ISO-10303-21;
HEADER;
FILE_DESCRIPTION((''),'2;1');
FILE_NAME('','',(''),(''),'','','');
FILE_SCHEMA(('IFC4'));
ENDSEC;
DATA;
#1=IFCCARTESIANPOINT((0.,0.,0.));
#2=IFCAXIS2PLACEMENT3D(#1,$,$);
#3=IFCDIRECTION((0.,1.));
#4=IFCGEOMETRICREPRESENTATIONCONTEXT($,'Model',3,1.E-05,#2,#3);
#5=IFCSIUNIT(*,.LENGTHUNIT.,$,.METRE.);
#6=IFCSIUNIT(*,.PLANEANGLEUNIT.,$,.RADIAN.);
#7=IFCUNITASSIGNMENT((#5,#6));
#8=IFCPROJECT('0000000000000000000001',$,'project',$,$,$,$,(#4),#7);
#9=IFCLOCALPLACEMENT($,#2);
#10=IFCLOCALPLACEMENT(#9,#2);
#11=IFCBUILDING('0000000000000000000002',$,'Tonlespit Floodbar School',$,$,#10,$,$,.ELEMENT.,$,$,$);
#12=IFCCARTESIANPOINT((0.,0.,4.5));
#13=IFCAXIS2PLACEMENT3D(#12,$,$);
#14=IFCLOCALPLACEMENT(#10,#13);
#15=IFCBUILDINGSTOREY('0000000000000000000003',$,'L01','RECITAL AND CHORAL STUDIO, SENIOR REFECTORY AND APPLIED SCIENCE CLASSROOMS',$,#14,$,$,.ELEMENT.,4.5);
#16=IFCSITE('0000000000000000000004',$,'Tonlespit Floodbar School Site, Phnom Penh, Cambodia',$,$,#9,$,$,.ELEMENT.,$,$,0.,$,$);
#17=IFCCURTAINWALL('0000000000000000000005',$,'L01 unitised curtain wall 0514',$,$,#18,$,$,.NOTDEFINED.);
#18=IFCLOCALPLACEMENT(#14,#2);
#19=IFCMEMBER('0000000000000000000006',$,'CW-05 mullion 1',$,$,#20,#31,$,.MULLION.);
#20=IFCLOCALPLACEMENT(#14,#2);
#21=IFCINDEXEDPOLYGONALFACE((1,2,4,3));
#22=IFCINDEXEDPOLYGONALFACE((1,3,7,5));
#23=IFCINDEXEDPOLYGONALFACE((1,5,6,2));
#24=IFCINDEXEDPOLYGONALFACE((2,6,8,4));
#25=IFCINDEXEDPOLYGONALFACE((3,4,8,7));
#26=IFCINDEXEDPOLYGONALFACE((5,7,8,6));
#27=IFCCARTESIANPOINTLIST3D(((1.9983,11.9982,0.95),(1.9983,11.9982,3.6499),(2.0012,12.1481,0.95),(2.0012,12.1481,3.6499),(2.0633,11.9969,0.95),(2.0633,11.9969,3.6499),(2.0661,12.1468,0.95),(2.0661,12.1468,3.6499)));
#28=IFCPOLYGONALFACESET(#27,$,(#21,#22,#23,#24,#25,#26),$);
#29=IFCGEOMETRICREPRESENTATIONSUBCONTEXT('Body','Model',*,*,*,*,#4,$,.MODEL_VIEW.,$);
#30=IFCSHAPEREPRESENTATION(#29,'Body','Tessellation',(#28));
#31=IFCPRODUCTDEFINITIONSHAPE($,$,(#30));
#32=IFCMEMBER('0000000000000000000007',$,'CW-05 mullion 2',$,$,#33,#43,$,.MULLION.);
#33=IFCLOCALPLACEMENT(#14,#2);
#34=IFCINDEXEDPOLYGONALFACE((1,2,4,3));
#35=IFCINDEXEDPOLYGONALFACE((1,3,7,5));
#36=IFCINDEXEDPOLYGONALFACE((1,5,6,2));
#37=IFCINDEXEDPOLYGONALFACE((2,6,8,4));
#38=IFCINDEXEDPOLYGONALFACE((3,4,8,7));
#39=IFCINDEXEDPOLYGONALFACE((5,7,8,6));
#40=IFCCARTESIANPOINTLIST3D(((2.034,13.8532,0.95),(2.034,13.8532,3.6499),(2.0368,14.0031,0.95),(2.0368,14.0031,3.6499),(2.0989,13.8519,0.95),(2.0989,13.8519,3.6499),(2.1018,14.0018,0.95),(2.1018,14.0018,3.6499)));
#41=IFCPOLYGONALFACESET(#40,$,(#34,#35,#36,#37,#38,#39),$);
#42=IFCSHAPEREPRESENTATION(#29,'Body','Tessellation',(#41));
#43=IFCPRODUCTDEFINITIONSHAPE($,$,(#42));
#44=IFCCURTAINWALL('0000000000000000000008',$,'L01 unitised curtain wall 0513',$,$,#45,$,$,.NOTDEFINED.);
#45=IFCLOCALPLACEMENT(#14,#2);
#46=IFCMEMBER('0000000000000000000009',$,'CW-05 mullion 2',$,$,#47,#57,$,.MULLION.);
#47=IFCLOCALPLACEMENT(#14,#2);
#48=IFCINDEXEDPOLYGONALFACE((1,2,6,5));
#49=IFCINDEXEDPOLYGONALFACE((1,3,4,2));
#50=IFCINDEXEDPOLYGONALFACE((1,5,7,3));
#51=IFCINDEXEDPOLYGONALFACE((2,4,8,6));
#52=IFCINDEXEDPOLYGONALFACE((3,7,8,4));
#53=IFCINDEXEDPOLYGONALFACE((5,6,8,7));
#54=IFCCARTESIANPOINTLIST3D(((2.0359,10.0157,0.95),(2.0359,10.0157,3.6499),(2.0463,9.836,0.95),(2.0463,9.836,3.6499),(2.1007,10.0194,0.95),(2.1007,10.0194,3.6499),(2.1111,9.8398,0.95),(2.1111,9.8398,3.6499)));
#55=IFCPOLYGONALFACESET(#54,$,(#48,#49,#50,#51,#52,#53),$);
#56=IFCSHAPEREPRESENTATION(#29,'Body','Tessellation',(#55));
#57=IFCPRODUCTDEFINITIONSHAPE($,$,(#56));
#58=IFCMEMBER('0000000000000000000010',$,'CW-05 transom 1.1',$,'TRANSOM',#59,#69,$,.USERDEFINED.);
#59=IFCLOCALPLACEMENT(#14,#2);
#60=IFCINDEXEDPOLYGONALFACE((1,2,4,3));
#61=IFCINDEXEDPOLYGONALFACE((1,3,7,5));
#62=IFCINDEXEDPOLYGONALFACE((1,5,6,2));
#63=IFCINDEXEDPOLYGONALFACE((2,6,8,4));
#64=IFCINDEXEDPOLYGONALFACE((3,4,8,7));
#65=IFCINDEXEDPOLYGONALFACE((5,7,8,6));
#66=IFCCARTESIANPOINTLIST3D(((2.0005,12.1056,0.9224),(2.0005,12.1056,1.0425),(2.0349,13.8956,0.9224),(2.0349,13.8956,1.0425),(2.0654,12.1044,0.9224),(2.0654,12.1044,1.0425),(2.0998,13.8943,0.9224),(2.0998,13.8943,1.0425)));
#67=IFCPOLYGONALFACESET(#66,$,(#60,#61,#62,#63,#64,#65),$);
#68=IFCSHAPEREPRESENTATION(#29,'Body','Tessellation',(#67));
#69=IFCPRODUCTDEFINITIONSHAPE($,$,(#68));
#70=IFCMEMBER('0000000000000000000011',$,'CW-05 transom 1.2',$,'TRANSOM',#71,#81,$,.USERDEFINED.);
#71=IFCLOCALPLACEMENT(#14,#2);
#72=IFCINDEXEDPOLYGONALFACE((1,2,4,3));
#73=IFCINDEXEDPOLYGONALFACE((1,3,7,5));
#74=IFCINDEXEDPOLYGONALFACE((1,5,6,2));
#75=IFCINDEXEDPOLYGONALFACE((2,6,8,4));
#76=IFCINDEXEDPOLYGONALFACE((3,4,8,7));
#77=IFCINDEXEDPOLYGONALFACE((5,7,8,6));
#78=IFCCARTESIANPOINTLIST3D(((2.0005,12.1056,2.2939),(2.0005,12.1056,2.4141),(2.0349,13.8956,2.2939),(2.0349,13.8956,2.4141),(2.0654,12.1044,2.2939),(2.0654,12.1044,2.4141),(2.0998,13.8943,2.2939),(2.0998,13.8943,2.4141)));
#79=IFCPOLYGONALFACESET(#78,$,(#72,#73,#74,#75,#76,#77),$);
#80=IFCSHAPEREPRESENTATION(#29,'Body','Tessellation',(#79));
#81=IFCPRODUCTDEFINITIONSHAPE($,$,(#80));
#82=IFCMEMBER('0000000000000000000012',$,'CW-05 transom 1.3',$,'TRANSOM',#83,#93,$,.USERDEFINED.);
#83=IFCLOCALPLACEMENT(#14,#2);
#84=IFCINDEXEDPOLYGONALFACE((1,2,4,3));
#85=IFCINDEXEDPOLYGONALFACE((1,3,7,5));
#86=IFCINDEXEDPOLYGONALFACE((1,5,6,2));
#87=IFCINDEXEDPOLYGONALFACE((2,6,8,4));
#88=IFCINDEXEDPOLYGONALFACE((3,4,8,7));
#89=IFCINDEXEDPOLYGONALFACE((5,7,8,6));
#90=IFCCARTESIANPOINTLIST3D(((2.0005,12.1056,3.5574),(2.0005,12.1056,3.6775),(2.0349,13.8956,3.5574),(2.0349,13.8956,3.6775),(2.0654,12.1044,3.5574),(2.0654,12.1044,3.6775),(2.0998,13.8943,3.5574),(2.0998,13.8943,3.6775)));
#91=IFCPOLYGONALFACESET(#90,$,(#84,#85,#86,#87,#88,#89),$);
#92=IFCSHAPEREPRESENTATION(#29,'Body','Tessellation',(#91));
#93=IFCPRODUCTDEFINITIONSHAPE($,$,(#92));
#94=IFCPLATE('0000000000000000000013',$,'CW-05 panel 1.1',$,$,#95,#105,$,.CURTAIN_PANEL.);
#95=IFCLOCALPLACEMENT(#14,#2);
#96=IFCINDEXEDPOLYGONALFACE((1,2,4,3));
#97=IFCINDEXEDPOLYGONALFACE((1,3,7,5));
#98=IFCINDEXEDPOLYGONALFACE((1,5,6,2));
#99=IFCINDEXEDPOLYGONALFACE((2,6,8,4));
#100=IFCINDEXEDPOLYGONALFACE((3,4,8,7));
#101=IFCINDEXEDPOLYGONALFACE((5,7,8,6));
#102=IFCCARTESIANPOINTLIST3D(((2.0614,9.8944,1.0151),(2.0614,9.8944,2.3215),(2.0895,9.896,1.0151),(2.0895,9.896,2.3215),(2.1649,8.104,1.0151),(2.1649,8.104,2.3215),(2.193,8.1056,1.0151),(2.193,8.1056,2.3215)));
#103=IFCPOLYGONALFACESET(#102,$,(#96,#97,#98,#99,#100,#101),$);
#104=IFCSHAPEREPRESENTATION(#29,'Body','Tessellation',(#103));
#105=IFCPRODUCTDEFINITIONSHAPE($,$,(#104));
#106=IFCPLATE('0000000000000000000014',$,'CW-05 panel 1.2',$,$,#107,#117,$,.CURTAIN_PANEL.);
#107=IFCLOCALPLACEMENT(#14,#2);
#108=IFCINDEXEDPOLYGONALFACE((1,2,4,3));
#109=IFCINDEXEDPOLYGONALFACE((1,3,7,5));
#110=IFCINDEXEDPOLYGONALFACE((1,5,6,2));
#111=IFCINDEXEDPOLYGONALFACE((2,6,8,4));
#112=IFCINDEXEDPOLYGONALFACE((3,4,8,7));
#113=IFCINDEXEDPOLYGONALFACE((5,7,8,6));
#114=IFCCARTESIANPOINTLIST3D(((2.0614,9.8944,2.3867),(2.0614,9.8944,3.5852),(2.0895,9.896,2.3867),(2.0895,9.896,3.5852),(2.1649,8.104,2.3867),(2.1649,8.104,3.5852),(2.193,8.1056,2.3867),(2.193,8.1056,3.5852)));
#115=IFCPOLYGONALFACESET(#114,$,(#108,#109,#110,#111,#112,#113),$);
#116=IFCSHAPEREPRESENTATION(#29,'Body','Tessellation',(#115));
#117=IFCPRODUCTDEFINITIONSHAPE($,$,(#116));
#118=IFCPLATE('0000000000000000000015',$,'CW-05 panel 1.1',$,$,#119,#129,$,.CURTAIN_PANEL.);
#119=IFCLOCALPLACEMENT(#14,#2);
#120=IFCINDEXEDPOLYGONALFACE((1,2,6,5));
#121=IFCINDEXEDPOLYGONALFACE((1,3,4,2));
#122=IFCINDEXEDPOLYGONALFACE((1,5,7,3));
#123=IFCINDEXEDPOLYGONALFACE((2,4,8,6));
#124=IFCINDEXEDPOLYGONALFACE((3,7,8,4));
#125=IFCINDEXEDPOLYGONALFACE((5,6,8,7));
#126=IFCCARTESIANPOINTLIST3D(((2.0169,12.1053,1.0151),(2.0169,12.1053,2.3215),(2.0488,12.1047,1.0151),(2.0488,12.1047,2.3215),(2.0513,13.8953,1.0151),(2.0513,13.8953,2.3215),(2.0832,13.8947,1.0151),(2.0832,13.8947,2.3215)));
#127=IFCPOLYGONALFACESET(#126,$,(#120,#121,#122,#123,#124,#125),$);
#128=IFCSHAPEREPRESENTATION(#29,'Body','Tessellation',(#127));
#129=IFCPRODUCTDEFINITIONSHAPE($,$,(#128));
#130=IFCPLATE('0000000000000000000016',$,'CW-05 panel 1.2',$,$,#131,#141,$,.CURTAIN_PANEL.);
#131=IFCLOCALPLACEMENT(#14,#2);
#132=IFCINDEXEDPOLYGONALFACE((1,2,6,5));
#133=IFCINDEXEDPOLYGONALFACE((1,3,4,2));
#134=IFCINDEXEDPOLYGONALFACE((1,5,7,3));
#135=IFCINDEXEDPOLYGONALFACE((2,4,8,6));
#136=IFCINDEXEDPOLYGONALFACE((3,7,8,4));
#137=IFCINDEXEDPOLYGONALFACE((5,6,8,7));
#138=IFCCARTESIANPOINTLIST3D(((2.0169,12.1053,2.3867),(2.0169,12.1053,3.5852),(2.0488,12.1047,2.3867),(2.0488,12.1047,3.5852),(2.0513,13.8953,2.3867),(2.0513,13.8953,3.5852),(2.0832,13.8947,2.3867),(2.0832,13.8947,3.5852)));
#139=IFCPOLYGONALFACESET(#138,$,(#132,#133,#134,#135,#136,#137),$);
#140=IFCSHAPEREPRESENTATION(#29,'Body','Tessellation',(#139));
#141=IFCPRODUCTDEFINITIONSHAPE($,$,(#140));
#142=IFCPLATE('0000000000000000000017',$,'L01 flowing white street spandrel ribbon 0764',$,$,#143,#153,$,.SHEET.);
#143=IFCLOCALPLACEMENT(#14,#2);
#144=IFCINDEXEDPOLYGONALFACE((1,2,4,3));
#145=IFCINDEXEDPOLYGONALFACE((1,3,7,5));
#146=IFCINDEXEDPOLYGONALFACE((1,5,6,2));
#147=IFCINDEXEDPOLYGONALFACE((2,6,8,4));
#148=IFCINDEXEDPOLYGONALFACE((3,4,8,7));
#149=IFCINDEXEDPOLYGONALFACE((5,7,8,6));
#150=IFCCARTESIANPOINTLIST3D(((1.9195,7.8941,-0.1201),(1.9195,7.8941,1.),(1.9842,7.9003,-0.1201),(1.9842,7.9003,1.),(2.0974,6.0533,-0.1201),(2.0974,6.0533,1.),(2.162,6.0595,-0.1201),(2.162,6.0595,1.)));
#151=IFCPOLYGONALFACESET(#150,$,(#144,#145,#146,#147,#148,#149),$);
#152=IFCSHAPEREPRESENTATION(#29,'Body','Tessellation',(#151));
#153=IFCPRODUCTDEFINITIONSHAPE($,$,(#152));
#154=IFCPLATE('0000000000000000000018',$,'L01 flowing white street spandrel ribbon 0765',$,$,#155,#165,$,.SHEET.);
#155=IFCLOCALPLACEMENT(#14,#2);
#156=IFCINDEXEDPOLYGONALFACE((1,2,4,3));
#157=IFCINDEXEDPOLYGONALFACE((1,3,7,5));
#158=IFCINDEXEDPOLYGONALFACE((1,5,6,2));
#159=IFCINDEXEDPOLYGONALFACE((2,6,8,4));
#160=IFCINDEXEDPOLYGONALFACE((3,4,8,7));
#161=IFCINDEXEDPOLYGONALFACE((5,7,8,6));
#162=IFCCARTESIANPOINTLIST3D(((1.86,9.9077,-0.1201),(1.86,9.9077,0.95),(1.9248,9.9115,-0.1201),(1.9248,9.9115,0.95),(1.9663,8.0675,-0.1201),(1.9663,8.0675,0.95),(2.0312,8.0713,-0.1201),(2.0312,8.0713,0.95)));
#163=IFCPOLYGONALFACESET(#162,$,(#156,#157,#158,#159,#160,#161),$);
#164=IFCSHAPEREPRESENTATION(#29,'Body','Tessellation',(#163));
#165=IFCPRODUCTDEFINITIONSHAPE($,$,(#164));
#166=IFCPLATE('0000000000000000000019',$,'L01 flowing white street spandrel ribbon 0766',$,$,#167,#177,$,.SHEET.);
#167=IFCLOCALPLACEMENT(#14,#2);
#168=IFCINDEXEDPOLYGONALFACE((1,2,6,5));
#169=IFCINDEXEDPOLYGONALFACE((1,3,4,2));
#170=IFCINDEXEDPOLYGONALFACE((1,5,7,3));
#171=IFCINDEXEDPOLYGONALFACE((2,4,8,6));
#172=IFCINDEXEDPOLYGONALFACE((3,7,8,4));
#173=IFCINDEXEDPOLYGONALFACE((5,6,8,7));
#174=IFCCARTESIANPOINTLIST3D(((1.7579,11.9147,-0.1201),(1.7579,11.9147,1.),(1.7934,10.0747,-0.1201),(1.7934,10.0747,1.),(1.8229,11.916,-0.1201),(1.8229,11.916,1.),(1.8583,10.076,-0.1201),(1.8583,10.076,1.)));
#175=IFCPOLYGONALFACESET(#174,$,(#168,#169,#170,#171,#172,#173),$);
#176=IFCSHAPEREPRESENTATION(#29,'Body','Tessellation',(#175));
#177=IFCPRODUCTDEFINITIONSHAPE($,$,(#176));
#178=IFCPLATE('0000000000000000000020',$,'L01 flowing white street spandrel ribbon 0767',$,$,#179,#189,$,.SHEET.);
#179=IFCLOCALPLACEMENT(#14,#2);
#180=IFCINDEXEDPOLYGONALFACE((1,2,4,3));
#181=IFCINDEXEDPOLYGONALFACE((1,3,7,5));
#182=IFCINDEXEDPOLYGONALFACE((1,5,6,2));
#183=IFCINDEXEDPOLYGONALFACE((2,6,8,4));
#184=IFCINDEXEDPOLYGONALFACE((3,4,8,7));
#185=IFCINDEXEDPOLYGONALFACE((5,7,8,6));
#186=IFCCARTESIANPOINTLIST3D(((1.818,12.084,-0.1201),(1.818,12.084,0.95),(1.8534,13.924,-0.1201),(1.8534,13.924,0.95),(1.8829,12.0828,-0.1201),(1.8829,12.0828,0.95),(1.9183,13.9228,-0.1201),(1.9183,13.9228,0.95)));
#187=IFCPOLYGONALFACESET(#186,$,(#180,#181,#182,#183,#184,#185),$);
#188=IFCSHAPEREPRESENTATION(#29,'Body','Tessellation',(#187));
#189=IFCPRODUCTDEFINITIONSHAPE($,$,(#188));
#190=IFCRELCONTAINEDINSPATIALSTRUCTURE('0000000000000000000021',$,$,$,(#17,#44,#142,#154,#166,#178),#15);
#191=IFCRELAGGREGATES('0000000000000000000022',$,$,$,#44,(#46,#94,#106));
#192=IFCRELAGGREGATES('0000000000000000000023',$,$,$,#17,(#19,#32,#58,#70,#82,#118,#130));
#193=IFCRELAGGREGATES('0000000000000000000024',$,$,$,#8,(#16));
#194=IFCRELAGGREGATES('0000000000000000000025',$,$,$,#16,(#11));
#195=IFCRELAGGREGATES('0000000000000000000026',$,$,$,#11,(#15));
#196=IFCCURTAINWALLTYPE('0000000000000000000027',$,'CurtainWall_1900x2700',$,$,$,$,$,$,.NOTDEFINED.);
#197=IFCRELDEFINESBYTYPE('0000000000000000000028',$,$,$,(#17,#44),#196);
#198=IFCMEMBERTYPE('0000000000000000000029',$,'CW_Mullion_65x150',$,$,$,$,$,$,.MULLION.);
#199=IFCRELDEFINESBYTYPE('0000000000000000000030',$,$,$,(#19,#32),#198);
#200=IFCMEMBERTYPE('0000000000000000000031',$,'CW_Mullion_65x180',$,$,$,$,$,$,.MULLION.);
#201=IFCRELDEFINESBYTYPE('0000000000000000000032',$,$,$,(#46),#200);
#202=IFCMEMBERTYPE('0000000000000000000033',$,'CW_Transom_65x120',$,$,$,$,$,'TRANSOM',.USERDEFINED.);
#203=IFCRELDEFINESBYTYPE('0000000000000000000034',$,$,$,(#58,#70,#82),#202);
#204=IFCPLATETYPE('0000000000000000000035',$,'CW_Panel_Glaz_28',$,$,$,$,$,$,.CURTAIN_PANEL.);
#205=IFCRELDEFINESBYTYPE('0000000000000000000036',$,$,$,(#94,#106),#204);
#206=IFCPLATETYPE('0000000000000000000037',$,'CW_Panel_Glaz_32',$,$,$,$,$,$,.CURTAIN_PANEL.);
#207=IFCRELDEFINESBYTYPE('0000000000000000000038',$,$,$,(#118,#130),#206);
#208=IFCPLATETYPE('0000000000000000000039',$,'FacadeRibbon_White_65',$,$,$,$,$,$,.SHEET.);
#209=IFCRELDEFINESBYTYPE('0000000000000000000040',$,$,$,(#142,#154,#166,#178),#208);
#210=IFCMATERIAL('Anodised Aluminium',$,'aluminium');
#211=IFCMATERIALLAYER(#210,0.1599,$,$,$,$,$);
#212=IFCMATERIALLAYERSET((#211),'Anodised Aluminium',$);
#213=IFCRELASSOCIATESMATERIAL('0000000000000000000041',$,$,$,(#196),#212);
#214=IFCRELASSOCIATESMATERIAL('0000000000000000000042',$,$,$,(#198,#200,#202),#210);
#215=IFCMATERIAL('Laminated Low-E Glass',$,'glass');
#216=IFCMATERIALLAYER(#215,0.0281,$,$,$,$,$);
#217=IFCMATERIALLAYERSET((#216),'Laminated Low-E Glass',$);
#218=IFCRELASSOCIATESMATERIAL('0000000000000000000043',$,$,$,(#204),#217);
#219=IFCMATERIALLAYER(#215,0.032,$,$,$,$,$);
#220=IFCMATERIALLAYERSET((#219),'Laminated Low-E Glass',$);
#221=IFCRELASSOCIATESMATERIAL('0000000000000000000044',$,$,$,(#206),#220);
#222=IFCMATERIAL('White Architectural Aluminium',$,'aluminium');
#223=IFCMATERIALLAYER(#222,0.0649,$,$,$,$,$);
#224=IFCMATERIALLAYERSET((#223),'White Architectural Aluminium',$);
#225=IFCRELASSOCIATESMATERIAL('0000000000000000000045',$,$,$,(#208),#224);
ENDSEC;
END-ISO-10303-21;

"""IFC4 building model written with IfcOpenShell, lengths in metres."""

from ifc_helpers import new_model, si_unit, direction, frame, origin, origin_2d, place, context, subcontext, project, spatial, rectangle, extrude, material, layer, layer_set, material_profile, profile_set, type_object, element, aggregate, save


model = new_model("IFC4")

# Units and contexts
model_context = context("Model", 3, precision=1e-05, world=origin(), true_north=direction((0.0, 1.0)))
body_context = subcontext(model_context, "Body", "Model", "MODEL_VIEW")
ifc_project = project(units=[si_unit("LENGTHUNIT", "METRE"), si_unit("PLANEANGLEUNIT", "RADIAN")], contexts=[model_context])

# Site, building, storey
site_placement = place(None, origin())
site = spatial("IfcSite", under=ifc_project, at=site_placement, Name="Tonlespit Floodbar School Site, Phnom Penh, Cambodia", CompositionType="ELEMENT", RefElevation=0.0)
building_placement = place(site_placement, origin())
building = spatial("IfcBuilding", under=site, at=building_placement, Name="Tonlespit Floodbar School", CompositionType="ELEMENT")
storey_placement = place(building_placement, frame((0.0, 0.0, 4.5)))
storey = spatial("IfcBuildingStorey", under=building, at=storey_placement, Name="L01", Description="RECITAL AND CHORAL STUDIO, SENIOR REFECTORY AND APPLIED SCIENCE CLASSROOMS", CompositionType="ELEMENT", Elevation=4.5)

# Curtain wall, members
ifc_material_1 = material(Name="Anodised Aluminium", Category="aluminium")
ifc_layer_1 = layer(ifc_material_1, 0.1599)
ifc_layer_set_1 = layer_set([ifc_layer_1], Name="Anodised Aluminium")
curtain_wall_type = type_object("IfcCurtainWallType", Name="CurtainWall_1900x2700", PredefinedType="NOTDEFINED", material=ifc_layer_set_1)
curtain_wall_1_placement = place(storey_placement, origin())
curtain_wall_1 = element("IfcCurtainWall", 1, at=curtain_wall_1_placement, inside=storey, type_object=curtain_wall_type, Name="L01 unitised curtain wall 0514", PredefinedType="NOTDEFINED")
ifc_material_profile_1 = material_profile(ifc_material_1, rectangle(XDim=0.0649, YDim=0.1499, at=origin_2d()), Name="ALU M65x150")
ifc_profile_set_1 = profile_set([ifc_material_profile_1], Name="Anodised Aluminium")
member_type_1 = type_object("IfcMemberType", Name="CW_Mullion_65x150", PredefinedType="MULLION", material=ifc_profile_set_1)
member_1_placement = place(storey_placement, frame((2.0322, 12.0725, 0.95), z_axis=(0.0, 0.0, 1.0), x_axis=(-0.999815, 0.019215, 0.0)))
member_1 = element("IfcMember", 2, at=member_1_placement, type_object=member_type_1, Name="CW-05 mullion 1", PredefinedType="MULLION", context=body_context, shape_type="SweptSolid", body=[
    extrude(rectangle(XDim=0.0649, YDim=0.1499, at=origin_2d()), origin(), (0.0, 0.0, 1.0), 2.7),
])
member_2_placement = place(storey_placement, frame((2.0679, 13.9275, 0.95), z_axis=(0.0, 0.0, 1.0), x_axis=(-0.999815, 0.019215, 0.0)))
member_2 = element("IfcMember", 3, at=member_2_placement, type_object=member_type_1, Name="CW-05 mullion 2", PredefinedType="MULLION", context=body_context, shape_type="SweptSolid", body=[
    extrude(rectangle(XDim=0.0649, YDim=0.1499, at=origin_2d()), origin(), (0.0, 0.0, 1.0), 2.7),
])

# Curtain wall, member
curtain_wall_2_placement = place(storey_placement, origin())
curtain_wall_2 = element("IfcCurtainWall", 4, at=curtain_wall_2_placement, inside=storey, type_object=curtain_wall_type, Name="L01 unitised curtain wall 0513", PredefinedType="NOTDEFINED")
ifc_material_profile_2 = material_profile(ifc_material_1, rectangle(XDim=0.0649, YDim=0.1799, at=origin_2d()), Name="ALU M65x180")
ifc_profile_set_2 = profile_set([ifc_material_profile_2], Name="Anodised Aluminium")
member_type_2 = type_object("IfcMemberType", Name="CW_Mullion_65x180", PredefinedType="MULLION", material=ifc_profile_set_2)
member_3_placement = place(storey_placement, frame((2.0735, 9.9277, 0.95), z_axis=(0.0, 0.0, 1.0), x_axis=(-0.998333, -0.05771, 0.0)))
member_3 = element("IfcMember", 5, at=member_3_placement, type_object=member_type_2, Name="CW-05 mullion 2", PredefinedType="MULLION", context=body_context, shape_type="SweptSolid", body=[
    extrude(rectangle(XDim=0.0649, YDim=0.1799, at=origin_2d()), origin(), (0.0, 0.0, 1.0), 2.7),
])

# Members
ifc_material_profile_3 = material_profile(ifc_material_1, rectangle(XDim=0.0649, YDim=0.1201, at=origin_2d()), Name="ALU T65x120")
ifc_profile_set_3 = profile_set([ifc_material_profile_3], Name="Anodised Aluminium")
member_type_3 = type_object("IfcMemberType", Name="CW_Transom_65x120", ElementType="TRANSOM", PredefinedType="USERDEFINED", material=ifc_profile_set_3)
member_4_placement = place(storey_placement, frame((2.033, 12.105, 0.9824), z_axis=(0.019227, 0.999815, 0.0), x_axis=(-0.999815, 0.019227, 0.0)))
member_4 = element("IfcMember", 6, at=member_4_placement, type_object=member_type_3, Name="CW-05 transom 1.1", ObjectType="TRANSOM", PredefinedType="USERDEFINED", context=body_context, shape_type="SweptSolid", body=[
    extrude(rectangle(XDim=0.0649, YDim=0.1201, at=origin_2d()), origin(), (0.0, 0.0, 1.0), 1.7903),
])
member_5_placement = place(storey_placement, frame((2.033, 12.105, 2.354), z_axis=(0.019227, 0.999815, 0.0), x_axis=(-0.999815, 0.019227, 0.0)))
member_5 = element("IfcMember", 7, at=member_5_placement, type_object=member_type_3, Name="CW-05 transom 1.2", ObjectType="TRANSOM", PredefinedType="USERDEFINED", context=body_context, shape_type="SweptSolid", body=[
    extrude(rectangle(XDim=0.0649, YDim=0.1201, at=origin_2d()), origin(), (0.0, 0.0, 1.0), 1.7903),
])
member_6_placement = place(storey_placement, frame((2.033, 12.105, 3.6174), z_axis=(0.019227, 0.999815, 0.0), x_axis=(-0.999815, 0.019227, 0.0)))
member_6 = element("IfcMember", 8, at=member_6_placement, type_object=member_type_3, Name="CW-05 transom 1.3", ObjectType="TRANSOM", PredefinedType="USERDEFINED", context=body_context, shape_type="SweptSolid", body=[
    extrude(rectangle(XDim=0.0649, YDim=0.1201, at=origin_2d()), origin(), (0.0, 0.0, 1.0), 1.7903),
])

# Plates
ifc_material_2 = material(Name="Laminated Low-E Glass", Category="glass")
ifc_layer_2 = layer(ifc_material_2, 0.0281)
ifc_layer_set_2 = layer_set([ifc_layer_2], Name="Laminated Low-E Glass")
plate_type_1 = type_object("IfcPlateType", Name="CW_Panel_Glaz_28", PredefinedType="CURTAIN_PANEL", material=ifc_layer_set_2)
plate_1_placement = place(storey_placement, frame((2.1272, 9.0, 1.0151), z_axis=(0.0, 0.0, 1.0), x_axis=(-0.05771, 0.998333, 0.0)))
plate_1 = element("IfcPlate", 9, at=plate_1_placement, type_object=plate_type_1, Name="CW-05 panel 1.1", PredefinedType="CURTAIN_PANEL", context=body_context, shape_type="SweptSolid", body=[
    extrude(rectangle(XDim=1.7935, YDim=0.0281, at=origin_2d()), origin(), (0.0, 0.0, 1.0), 1.3064),
])
plate_2_placement = place(storey_placement, frame((2.1272, 9.0, 2.3867), z_axis=(0.0, 0.0, 1.0), x_axis=(-0.05771, 0.998333, 0.0)))
plate_2 = element("IfcPlate", 10, at=plate_2_placement, type_object=plate_type_1, Name="CW-05 panel 1.2", PredefinedType="CURTAIN_PANEL", context=body_context, shape_type="SweptSolid", body=[
    extrude(rectangle(XDim=1.7935, YDim=0.0281, at=origin_2d()), origin(), (0.0, 0.0, 1.0), 1.1985),
])
aggregate(curtain_wall_2, [member_3, plate_1, plate_2])
ifc_layer_3 = layer(ifc_material_2, 0.032)
ifc_layer_set_3 = layer_set([ifc_layer_3], Name="Laminated Low-E Glass")
plate_type_2 = type_object("IfcPlateType", Name="CW_Panel_Glaz_32", PredefinedType="CURTAIN_PANEL", material=ifc_layer_set_3)
plate_3_placement = place(storey_placement, frame((2.05, 13.0, 1.0151), z_axis=(0.0, 0.0, 1.0), x_axis=(0.019215, 0.999815, 0.0)))
plate_3 = element("IfcPlate", 11, at=plate_3_placement, type_object=plate_type_2, Name="CW-05 panel 1.1", PredefinedType="CURTAIN_PANEL", context=body_context, shape_type="SweptSolid", body=[
    extrude(rectangle(XDim=1.7903, YDim=0.032, at=origin_2d()), origin(), (0.0, 0.0, 1.0), 1.3064),
])
plate_4_placement = place(storey_placement, frame((2.05, 13.0, 2.3867), z_axis=(0.0, 0.0, 1.0), x_axis=(0.019215, 0.999815, 0.0)))
plate_4 = element("IfcPlate", 12, at=plate_4_placement, type_object=plate_type_2, Name="CW-05 panel 1.2", PredefinedType="CURTAIN_PANEL", context=body_context, shape_type="SweptSolid", body=[
    extrude(rectangle(XDim=1.7903, YDim=0.032, at=origin_2d()), origin(), (0.0, 0.0, 1.0), 1.1985),
])
aggregate(curtain_wall_1, [member_1, member_2, member_4, member_5, member_6, plate_3, plate_4])

# Plates
ifc_material_3 = material(Name="White Architectural Aluminium", Category="aluminium")
ifc_layer_4 = layer(ifc_material_3, 0.0649)
ifc_layer_set_4 = layer_set([ifc_layer_4], Name="White Architectural Aluminium")
plate_type_3 = type_object("IfcPlateType", Name="FacadeRibbon_White_65", PredefinedType="SHEET", material=ifc_layer_set_4)
plate_5_placement = place(storey_placement, frame((2.0408, 6.9768, -0.1201), z_axis=(0.0, 0.0, 1.0), x_axis=(-0.096153, 0.995367, 0.0)))
element("IfcPlate", 13, at=plate_5_placement, inside=storey, type_object=plate_type_3, Name="L01 flowing white street spandrel ribbon 0764", PredefinedType="SHEET", context=body_context, shape_type="SweptSolid", body=[
    extrude(rectangle(XDim=1.8494, YDim=0.0649, at=origin_2d()), origin(), (0.0, 0.0, 1.0), 1.1201),
])
plate_6_placement = place(storey_placement, frame((1.9456, 8.9895, -0.1201), z_axis=(0.0, 0.0, 1.0), x_axis=(-0.057703, 0.998334, 0.0)))
element("IfcPlate", 14, at=plate_6_placement, inside=storey, type_object=plate_type_3, Name="L01 flowing white street spandrel ribbon 0765", PredefinedType="SHEET", context=body_context, shape_type="SweptSolid", body=[
    extrude(rectangle(XDim=1.8433, YDim=0.0649, at=origin_2d()), origin(), (0.0, 0.0, 1.0), 1.0701),
])
plate_7_placement = place(storey_placement, frame((1.8081, 10.9954, -0.1201), z_axis=(0.0, 0.0, 1.0), x_axis=(-0.019246, 0.999815, 0.0)))
element("IfcPlate", 15, at=plate_7_placement, inside=storey, type_object=plate_type_3, Name="L01 flowing white street spandrel ribbon 0766", PredefinedType="SHEET", context=body_context, shape_type="SweptSolid", body=[
    extrude(rectangle(XDim=1.8403, YDim=0.0649, at=origin_2d()), origin(), (0.0, 0.0, 1.0), 1.1201),
])
plate_8_placement = place(storey_placement, frame((1.8682, 13.0034, -0.1201), z_axis=(0.0, 0.0, 1.0), x_axis=(0.019246, 0.999815, 0.0)))
element("IfcPlate", 16, at=plate_8_placement, inside=storey, type_object=plate_type_3, Name="L01 flowing white street spandrel ribbon 0767", PredefinedType="SHEET", context=body_context, shape_type="SweptSolid", body=[
    extrude(rectangle(XDim=1.8403, YDim=0.0649, at=origin_2d()), origin(), (0.0, 0.0, 1.0), 1.0701),
])

save(model, "model.ifc")
